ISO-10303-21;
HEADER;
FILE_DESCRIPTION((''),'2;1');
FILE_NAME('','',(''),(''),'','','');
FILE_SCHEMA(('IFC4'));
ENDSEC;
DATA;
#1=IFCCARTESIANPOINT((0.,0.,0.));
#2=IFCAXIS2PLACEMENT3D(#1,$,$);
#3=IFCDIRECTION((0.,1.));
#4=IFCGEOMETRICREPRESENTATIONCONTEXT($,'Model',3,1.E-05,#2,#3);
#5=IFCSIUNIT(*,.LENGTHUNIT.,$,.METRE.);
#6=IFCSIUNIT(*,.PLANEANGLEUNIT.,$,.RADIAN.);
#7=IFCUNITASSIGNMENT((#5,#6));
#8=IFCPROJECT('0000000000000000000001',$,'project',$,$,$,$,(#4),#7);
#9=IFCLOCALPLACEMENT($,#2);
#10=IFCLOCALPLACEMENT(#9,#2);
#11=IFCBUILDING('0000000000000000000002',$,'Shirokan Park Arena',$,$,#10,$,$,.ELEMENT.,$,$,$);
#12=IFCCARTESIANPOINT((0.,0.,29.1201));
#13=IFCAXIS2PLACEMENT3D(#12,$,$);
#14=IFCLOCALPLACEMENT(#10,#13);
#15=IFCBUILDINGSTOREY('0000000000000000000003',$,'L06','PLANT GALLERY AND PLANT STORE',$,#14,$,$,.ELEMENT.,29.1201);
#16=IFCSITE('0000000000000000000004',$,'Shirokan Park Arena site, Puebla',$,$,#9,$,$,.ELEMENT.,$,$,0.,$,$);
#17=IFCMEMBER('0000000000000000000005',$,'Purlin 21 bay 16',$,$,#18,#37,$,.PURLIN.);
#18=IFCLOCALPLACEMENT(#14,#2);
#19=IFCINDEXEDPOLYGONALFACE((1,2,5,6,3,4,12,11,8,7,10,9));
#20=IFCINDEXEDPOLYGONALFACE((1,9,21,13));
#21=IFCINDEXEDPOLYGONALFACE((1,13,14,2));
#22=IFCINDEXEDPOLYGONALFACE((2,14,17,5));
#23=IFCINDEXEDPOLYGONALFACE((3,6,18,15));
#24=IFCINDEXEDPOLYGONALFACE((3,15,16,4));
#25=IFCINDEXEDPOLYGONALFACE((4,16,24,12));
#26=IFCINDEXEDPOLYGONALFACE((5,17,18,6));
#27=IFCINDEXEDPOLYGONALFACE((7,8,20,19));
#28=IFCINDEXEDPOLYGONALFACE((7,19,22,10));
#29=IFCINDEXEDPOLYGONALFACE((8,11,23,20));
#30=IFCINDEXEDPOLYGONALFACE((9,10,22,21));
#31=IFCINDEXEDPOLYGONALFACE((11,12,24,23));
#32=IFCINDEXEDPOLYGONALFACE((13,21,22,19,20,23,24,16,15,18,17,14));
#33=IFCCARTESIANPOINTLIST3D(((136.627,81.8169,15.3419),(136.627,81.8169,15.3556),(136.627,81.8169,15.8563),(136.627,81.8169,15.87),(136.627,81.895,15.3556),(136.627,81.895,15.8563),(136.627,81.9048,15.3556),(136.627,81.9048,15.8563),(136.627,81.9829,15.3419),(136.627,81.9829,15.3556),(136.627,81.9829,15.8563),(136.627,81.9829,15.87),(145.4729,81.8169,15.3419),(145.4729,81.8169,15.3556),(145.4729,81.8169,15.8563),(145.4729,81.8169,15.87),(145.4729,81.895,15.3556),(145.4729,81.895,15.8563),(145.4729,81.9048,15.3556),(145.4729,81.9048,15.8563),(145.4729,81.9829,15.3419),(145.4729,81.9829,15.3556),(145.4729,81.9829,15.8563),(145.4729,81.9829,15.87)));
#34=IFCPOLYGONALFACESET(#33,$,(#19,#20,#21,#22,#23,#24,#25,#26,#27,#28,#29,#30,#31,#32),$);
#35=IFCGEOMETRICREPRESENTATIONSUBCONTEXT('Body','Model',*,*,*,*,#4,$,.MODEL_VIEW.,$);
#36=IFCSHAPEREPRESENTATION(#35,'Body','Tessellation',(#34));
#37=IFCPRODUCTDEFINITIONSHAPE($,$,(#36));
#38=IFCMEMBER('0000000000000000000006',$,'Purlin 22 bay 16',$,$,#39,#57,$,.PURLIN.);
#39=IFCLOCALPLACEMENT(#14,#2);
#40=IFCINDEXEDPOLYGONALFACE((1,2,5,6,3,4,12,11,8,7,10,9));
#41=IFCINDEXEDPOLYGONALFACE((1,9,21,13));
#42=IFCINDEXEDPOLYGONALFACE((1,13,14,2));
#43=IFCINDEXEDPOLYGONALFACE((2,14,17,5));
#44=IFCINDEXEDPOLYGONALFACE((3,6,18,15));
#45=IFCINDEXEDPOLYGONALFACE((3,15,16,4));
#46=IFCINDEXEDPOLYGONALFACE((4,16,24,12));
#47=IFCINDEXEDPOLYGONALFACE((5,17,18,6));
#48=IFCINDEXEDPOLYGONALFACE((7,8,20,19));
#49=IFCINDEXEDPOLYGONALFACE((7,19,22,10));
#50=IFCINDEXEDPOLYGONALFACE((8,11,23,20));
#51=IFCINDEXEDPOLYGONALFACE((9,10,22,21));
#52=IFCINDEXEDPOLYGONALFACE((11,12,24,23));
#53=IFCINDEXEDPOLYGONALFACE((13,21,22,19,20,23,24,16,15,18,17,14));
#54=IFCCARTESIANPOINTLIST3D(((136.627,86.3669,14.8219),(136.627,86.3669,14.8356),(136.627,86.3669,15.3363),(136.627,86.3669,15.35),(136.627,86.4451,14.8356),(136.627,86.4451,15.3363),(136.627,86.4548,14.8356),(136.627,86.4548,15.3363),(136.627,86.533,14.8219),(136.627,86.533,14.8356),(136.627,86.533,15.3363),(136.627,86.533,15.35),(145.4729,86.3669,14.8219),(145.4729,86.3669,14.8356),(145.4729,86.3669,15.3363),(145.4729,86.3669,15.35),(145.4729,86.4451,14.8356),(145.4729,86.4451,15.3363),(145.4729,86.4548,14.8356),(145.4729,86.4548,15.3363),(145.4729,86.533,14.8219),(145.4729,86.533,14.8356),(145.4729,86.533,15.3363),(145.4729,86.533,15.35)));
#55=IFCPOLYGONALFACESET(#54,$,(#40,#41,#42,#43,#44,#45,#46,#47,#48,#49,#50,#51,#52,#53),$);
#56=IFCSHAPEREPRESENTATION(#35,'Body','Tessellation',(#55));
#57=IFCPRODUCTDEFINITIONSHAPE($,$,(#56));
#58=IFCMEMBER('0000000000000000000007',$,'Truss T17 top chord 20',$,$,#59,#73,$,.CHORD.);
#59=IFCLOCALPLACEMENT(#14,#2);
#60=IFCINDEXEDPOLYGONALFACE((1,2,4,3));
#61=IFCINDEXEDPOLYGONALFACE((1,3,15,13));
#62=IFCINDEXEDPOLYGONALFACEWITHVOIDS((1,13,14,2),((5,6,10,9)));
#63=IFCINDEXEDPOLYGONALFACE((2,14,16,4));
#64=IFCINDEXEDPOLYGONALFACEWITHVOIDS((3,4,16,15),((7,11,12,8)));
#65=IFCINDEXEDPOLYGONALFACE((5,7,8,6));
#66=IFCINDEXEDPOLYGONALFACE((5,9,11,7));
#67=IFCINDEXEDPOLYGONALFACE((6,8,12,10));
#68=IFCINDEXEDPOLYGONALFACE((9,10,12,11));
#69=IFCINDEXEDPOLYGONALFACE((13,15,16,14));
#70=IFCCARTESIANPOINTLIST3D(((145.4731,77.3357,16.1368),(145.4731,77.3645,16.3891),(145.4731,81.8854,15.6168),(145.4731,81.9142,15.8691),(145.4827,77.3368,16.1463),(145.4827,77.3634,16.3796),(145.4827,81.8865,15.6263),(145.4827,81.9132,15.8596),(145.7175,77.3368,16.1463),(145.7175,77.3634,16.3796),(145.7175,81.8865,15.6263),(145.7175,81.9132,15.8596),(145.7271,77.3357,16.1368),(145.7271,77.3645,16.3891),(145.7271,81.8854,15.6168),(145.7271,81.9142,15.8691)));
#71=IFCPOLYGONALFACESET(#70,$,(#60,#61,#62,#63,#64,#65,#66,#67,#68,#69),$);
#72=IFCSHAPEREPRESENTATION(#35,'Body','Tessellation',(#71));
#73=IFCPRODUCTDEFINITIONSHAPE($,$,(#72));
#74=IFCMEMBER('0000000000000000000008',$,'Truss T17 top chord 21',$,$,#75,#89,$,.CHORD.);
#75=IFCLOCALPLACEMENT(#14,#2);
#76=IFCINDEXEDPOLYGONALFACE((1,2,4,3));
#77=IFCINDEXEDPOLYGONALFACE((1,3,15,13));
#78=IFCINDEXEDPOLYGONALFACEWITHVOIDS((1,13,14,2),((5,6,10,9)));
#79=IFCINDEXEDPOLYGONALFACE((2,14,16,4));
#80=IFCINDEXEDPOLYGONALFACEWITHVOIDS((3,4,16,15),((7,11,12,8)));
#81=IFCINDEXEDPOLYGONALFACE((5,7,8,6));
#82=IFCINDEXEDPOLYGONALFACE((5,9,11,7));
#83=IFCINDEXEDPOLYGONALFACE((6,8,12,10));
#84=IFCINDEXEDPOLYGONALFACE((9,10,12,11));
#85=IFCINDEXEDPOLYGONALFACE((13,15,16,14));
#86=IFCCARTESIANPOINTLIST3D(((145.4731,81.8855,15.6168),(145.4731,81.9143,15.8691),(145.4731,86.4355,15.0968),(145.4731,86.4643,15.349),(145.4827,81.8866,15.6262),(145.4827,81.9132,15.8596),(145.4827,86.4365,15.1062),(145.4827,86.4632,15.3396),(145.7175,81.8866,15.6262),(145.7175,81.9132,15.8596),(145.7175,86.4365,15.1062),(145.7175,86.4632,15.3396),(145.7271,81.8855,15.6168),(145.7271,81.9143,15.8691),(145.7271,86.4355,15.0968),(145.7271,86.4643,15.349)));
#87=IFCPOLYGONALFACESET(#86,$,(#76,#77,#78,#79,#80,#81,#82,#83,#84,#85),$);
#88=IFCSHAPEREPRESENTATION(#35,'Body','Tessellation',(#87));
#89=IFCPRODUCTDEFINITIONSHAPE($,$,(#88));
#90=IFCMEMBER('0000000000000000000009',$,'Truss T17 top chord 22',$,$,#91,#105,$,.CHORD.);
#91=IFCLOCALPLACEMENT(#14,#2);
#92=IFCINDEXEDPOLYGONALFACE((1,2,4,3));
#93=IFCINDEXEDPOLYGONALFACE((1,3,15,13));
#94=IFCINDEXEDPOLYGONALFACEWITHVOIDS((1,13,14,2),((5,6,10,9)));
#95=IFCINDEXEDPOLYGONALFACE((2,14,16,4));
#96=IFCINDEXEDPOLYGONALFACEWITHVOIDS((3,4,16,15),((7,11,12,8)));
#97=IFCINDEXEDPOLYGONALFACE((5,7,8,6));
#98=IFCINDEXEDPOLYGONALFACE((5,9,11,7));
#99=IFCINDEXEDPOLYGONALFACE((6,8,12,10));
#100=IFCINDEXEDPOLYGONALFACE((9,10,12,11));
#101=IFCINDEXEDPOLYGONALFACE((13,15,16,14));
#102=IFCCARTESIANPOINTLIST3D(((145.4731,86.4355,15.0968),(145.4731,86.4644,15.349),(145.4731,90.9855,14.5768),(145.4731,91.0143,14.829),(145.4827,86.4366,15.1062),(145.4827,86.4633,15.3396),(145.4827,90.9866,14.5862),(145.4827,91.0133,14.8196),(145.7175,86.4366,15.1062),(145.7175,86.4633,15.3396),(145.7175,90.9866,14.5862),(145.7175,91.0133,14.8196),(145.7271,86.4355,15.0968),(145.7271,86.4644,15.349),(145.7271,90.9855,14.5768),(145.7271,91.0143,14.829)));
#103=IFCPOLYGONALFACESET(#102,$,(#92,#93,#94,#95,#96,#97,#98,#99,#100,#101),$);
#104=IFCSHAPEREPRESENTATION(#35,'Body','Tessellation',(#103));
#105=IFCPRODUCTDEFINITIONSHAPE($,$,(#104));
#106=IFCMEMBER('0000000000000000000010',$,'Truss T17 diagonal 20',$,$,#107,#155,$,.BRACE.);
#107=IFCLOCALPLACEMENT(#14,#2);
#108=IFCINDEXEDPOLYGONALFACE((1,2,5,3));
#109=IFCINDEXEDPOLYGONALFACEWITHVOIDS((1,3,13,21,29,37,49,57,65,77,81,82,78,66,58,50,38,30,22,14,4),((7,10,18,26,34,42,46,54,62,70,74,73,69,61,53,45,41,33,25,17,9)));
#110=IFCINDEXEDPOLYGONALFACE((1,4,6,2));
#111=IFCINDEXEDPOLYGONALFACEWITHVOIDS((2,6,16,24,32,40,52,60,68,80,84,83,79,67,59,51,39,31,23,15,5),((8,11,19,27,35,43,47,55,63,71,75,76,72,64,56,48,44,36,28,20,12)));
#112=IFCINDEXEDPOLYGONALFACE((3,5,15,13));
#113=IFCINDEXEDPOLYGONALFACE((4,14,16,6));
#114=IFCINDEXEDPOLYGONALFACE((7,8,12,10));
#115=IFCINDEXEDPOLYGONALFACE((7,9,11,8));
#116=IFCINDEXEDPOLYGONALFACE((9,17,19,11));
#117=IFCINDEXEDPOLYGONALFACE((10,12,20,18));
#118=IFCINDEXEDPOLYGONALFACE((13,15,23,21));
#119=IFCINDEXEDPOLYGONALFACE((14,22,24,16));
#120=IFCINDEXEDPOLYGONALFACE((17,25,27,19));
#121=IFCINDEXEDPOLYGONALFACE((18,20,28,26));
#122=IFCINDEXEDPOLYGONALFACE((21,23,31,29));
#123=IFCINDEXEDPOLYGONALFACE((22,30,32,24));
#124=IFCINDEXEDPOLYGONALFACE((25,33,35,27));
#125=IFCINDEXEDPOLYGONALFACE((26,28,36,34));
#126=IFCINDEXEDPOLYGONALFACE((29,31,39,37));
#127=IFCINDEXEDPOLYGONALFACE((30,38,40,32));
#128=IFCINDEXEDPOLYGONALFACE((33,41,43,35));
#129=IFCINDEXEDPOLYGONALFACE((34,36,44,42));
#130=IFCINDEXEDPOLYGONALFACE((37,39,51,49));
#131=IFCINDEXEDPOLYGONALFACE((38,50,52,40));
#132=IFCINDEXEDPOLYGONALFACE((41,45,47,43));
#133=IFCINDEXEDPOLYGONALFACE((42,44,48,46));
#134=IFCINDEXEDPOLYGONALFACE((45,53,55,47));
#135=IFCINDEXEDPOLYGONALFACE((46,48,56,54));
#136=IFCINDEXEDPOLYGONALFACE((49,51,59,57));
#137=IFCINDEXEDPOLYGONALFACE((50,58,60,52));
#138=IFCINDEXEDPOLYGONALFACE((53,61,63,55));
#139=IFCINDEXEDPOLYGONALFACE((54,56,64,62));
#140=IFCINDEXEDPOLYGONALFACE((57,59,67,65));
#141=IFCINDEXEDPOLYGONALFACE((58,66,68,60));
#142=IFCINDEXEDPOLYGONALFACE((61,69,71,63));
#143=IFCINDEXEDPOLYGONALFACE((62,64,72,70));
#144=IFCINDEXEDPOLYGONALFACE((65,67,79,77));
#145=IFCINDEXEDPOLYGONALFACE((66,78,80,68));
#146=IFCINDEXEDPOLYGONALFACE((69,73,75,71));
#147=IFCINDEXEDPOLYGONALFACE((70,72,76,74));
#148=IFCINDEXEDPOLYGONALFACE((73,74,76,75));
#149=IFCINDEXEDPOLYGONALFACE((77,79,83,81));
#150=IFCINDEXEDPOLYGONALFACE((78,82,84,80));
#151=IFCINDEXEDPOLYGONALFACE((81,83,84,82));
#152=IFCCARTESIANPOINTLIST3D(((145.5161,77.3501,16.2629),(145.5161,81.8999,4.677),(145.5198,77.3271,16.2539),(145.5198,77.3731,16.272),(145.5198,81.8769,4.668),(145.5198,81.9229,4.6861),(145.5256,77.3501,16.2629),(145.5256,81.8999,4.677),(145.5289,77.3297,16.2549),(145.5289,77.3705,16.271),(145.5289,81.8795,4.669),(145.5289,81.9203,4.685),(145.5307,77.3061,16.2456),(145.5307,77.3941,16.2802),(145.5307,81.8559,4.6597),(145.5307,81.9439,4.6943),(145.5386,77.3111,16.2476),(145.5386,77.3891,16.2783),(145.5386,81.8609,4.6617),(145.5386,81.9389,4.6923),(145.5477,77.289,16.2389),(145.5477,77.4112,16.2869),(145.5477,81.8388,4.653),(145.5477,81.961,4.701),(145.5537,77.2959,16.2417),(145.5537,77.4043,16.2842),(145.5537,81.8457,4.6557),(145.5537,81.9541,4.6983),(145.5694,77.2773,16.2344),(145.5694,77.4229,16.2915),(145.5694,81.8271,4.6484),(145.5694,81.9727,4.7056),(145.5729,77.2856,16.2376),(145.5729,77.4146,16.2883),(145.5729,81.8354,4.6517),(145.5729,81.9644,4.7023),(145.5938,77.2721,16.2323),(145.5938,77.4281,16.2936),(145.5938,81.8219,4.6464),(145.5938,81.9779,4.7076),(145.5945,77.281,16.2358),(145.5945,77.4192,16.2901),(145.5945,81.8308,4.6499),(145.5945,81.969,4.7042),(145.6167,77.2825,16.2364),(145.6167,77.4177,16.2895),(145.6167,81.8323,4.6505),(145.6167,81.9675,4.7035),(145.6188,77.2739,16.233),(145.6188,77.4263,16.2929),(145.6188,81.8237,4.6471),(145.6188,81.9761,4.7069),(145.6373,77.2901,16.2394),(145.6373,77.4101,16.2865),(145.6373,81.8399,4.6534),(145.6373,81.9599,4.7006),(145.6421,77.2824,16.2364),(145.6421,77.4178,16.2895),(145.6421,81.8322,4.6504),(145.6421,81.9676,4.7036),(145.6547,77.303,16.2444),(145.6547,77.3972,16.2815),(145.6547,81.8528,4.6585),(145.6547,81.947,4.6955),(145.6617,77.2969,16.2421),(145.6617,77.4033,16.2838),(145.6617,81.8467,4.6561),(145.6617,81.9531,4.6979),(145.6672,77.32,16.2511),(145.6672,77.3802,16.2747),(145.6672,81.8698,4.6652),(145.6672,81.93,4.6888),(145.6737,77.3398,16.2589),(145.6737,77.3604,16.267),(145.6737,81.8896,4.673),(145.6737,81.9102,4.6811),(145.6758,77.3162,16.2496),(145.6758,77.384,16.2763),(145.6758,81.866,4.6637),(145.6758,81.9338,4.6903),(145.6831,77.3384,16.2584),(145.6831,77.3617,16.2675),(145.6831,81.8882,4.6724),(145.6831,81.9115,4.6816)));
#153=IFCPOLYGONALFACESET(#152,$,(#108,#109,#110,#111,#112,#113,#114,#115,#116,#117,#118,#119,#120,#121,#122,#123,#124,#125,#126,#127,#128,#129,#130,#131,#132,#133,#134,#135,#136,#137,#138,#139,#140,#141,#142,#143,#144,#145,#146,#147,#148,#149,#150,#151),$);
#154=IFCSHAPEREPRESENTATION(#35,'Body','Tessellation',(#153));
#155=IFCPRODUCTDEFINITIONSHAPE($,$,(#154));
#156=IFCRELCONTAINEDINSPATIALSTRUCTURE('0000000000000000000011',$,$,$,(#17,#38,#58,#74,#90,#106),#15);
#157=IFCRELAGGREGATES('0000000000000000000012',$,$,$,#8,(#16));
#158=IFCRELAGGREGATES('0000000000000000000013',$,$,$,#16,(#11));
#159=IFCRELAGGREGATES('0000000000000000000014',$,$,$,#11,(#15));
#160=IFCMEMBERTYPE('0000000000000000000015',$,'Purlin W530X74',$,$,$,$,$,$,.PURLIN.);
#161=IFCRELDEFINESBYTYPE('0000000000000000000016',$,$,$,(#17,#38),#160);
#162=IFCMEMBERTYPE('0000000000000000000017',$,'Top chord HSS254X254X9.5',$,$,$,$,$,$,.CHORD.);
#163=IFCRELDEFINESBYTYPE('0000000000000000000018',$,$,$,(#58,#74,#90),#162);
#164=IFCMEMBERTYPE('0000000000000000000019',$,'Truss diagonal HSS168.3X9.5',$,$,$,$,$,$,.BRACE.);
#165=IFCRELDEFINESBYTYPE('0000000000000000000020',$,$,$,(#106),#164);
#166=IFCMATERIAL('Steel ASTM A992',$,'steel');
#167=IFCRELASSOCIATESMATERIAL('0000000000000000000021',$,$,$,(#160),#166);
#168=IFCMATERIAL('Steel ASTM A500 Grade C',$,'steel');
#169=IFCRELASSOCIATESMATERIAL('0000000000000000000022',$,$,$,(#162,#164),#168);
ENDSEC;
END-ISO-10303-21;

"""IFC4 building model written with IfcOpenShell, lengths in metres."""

from ifc_helpers import new_model, si_unit, direction, frame, origin, origin_2d, place, context, subcontext, project, spatial, hollow_rectangle, hollow_circle, i_section, extrude, material, material_profile, profile_set, type_object, element, save


model = new_model("IFC4")

# Units and contexts
model_context = context("Model", 3, precision=1e-05, world=origin(), true_north=direction((0.0, 1.0)))
body_context = subcontext(model_context, "Body", "Model", "MODEL_VIEW")
ifc_project = project(units=[si_unit("LENGTHUNIT", "METRE"), si_unit("PLANEANGLEUNIT", "RADIAN")], contexts=[model_context])

# Site, building, storey
site_placement = place(None, origin())
site = spatial("IfcSite", under=ifc_project, at=site_placement, Name="Shirokan Park Arena site, Puebla", CompositionType="ELEMENT", RefElevation=0.0)
building_placement = place(site_placement, origin())
building = spatial("IfcBuilding", under=site, at=building_placement, Name="Shirokan Park Arena", CompositionType="ELEMENT")
storey_placement = place(building_placement, frame((0.0, 0.0, 29.1201)))
storey = spatial("IfcBuildingStorey", under=building, at=storey_placement, Name="L06", Description="PLANT GALLERY AND PLANT STORE", CompositionType="ELEMENT", Elevation=29.1201)

# Members
ifc_material_1 = material(Name="Steel ASTM A500 Grade C", Category="steel")
ifc_material_2 = material(Name="Steel ASTM A992", Category="steel")
ifc_material_profile_1 = material_profile(ifc_material_2, i_section(OverallWidth=0.166, OverallDepth=0.5281, WebThickness=0.0098, FlangeThickness=0.0137, at=origin_2d()), Name="W530X74")
ifc_profile_set_1 = profile_set([ifc_material_profile_1], Name="Steel ASTM A992")
member_type_1 = type_object("IfcMemberType", Name="Purlin W530X74", PredefinedType="PURLIN", material=ifc_profile_set_1)
for number, where, z_axis, x_axis, name in (
    (1, (136.627, 81.8999, 15.606), (1.0, 0.0, 0.0), (0.0, 1.0, 0.0), "Purlin 21 bay 16"),
    (2, (136.627, 86.45, 15.0859), (1.0, 0.0, 0.0), (0.0, 1.0, 0.0), "Purlin 22 bay 16"),
):
    element("IfcMember", number, at=place(storey_placement, frame(where, z_axis=z_axis, x_axis=x_axis)), inside=storey, type_object=member_type_1, Name=name, PredefinedType="PURLIN", context=body_context, shape_type="SweptSolid", body=[
        extrude(i_section(OverallWidth=0.166, OverallDepth=0.5281, WebThickness=0.0098, FlangeThickness=0.0137, at=origin_2d()), origin(), (0.0, 0.0, 1.0), 8.8459),
    ])
ifc_material_profile_2 = material_profile(ifc_material_1, hollow_rectangle(XDim=0.2539, YDim=0.2539, WallThickness=0.0095, at=origin_2d()), Name="HSS254X254X9.5")
ifc_profile_set_2 = profile_set([ifc_material_profile_2], Name="Steel ASTM A500 Grade C")
member_type_2 = type_object("IfcMemberType", Name="Top chord HSS254X254X9.5", PredefinedType="CHORD", material=ifc_profile_set_2)
member_1_placement = place(storey_placement, frame((145.6001, 77.3501, 16.2629), z_axis=(0.0, 0.993532, -0.113556), x_axis=(-1.0, 0.0, 0.0)))
element("IfcMember", 3, at=member_1_placement, inside=storey, type_object=member_type_2, Name="Truss T17 top chord 20", PredefinedType="CHORD", context=body_context, shape_type="SweptSolid", body=[
    extrude(hollow_rectangle(XDim=0.2539, YDim=0.2539, WallThickness=0.0095, at=origin_2d()), origin(), (0.0, 0.0, 1.0), 4.5793),
])
for number, where, z_axis, x_axis, name in (
    (4, (145.6001, 81.8999, 15.7429), (0.0, 0.993532, -0.11355), (-1.0, 0.0, 0.0), "Truss T17 top chord 21"),
    (5, (145.6001, 86.45, 15.2229), (0.0, 0.993532, -0.11355), (-1.0, 0.0, 0.0), "Truss T17 top chord 22"),
):
    element("IfcMember", number, at=place(storey_placement, frame(where, z_axis=z_axis, x_axis=x_axis)), inside=storey, type_object=member_type_2, Name=name, PredefinedType="CHORD", context=body_context, shape_type="SweptSolid", body=[
        extrude(hollow_rectangle(XDim=0.2539, YDim=0.2539, WallThickness=0.0095, at=origin_2d()), origin(), (0.0, 0.0, 1.0), 4.5796),
    ])
ifc_material_profile_3 = material_profile(ifc_material_1, hollow_circle(Radius=0.084, WallThickness=0.0095, at=origin_2d()), Name="HSS168.3X9.5")
ifc_profile_set_3 = profile_set([ifc_material_profile_3], Name="Steel ASTM A500 Grade C")
member_type_3 = type_object("IfcMemberType", Name="Truss diagonal HSS168.3X9.5", PredefinedType="BRACE", material=ifc_profile_set_3)
member_2_placement = place(storey_placement, frame((145.6001, 77.3501, 16.2629), z_axis=(0.0, 0.365526, -0.930801), x_axis=(-1.0, 0.0, 0.0)))
element("IfcMember", 6, at=member_2_placement, inside=storey, type_object=member_type_3, Name="Truss T17 diagonal 20", PredefinedType="BRACE", context=body_context, shape_type="SweptSolid", body=[
    extrude(hollow_circle(Radius=0.084, WallThickness=0.0095, at=origin_2d()), origin(), (0.0, 0.0, 1.0), 12.4473),
])

save(model, "model.ifc")
